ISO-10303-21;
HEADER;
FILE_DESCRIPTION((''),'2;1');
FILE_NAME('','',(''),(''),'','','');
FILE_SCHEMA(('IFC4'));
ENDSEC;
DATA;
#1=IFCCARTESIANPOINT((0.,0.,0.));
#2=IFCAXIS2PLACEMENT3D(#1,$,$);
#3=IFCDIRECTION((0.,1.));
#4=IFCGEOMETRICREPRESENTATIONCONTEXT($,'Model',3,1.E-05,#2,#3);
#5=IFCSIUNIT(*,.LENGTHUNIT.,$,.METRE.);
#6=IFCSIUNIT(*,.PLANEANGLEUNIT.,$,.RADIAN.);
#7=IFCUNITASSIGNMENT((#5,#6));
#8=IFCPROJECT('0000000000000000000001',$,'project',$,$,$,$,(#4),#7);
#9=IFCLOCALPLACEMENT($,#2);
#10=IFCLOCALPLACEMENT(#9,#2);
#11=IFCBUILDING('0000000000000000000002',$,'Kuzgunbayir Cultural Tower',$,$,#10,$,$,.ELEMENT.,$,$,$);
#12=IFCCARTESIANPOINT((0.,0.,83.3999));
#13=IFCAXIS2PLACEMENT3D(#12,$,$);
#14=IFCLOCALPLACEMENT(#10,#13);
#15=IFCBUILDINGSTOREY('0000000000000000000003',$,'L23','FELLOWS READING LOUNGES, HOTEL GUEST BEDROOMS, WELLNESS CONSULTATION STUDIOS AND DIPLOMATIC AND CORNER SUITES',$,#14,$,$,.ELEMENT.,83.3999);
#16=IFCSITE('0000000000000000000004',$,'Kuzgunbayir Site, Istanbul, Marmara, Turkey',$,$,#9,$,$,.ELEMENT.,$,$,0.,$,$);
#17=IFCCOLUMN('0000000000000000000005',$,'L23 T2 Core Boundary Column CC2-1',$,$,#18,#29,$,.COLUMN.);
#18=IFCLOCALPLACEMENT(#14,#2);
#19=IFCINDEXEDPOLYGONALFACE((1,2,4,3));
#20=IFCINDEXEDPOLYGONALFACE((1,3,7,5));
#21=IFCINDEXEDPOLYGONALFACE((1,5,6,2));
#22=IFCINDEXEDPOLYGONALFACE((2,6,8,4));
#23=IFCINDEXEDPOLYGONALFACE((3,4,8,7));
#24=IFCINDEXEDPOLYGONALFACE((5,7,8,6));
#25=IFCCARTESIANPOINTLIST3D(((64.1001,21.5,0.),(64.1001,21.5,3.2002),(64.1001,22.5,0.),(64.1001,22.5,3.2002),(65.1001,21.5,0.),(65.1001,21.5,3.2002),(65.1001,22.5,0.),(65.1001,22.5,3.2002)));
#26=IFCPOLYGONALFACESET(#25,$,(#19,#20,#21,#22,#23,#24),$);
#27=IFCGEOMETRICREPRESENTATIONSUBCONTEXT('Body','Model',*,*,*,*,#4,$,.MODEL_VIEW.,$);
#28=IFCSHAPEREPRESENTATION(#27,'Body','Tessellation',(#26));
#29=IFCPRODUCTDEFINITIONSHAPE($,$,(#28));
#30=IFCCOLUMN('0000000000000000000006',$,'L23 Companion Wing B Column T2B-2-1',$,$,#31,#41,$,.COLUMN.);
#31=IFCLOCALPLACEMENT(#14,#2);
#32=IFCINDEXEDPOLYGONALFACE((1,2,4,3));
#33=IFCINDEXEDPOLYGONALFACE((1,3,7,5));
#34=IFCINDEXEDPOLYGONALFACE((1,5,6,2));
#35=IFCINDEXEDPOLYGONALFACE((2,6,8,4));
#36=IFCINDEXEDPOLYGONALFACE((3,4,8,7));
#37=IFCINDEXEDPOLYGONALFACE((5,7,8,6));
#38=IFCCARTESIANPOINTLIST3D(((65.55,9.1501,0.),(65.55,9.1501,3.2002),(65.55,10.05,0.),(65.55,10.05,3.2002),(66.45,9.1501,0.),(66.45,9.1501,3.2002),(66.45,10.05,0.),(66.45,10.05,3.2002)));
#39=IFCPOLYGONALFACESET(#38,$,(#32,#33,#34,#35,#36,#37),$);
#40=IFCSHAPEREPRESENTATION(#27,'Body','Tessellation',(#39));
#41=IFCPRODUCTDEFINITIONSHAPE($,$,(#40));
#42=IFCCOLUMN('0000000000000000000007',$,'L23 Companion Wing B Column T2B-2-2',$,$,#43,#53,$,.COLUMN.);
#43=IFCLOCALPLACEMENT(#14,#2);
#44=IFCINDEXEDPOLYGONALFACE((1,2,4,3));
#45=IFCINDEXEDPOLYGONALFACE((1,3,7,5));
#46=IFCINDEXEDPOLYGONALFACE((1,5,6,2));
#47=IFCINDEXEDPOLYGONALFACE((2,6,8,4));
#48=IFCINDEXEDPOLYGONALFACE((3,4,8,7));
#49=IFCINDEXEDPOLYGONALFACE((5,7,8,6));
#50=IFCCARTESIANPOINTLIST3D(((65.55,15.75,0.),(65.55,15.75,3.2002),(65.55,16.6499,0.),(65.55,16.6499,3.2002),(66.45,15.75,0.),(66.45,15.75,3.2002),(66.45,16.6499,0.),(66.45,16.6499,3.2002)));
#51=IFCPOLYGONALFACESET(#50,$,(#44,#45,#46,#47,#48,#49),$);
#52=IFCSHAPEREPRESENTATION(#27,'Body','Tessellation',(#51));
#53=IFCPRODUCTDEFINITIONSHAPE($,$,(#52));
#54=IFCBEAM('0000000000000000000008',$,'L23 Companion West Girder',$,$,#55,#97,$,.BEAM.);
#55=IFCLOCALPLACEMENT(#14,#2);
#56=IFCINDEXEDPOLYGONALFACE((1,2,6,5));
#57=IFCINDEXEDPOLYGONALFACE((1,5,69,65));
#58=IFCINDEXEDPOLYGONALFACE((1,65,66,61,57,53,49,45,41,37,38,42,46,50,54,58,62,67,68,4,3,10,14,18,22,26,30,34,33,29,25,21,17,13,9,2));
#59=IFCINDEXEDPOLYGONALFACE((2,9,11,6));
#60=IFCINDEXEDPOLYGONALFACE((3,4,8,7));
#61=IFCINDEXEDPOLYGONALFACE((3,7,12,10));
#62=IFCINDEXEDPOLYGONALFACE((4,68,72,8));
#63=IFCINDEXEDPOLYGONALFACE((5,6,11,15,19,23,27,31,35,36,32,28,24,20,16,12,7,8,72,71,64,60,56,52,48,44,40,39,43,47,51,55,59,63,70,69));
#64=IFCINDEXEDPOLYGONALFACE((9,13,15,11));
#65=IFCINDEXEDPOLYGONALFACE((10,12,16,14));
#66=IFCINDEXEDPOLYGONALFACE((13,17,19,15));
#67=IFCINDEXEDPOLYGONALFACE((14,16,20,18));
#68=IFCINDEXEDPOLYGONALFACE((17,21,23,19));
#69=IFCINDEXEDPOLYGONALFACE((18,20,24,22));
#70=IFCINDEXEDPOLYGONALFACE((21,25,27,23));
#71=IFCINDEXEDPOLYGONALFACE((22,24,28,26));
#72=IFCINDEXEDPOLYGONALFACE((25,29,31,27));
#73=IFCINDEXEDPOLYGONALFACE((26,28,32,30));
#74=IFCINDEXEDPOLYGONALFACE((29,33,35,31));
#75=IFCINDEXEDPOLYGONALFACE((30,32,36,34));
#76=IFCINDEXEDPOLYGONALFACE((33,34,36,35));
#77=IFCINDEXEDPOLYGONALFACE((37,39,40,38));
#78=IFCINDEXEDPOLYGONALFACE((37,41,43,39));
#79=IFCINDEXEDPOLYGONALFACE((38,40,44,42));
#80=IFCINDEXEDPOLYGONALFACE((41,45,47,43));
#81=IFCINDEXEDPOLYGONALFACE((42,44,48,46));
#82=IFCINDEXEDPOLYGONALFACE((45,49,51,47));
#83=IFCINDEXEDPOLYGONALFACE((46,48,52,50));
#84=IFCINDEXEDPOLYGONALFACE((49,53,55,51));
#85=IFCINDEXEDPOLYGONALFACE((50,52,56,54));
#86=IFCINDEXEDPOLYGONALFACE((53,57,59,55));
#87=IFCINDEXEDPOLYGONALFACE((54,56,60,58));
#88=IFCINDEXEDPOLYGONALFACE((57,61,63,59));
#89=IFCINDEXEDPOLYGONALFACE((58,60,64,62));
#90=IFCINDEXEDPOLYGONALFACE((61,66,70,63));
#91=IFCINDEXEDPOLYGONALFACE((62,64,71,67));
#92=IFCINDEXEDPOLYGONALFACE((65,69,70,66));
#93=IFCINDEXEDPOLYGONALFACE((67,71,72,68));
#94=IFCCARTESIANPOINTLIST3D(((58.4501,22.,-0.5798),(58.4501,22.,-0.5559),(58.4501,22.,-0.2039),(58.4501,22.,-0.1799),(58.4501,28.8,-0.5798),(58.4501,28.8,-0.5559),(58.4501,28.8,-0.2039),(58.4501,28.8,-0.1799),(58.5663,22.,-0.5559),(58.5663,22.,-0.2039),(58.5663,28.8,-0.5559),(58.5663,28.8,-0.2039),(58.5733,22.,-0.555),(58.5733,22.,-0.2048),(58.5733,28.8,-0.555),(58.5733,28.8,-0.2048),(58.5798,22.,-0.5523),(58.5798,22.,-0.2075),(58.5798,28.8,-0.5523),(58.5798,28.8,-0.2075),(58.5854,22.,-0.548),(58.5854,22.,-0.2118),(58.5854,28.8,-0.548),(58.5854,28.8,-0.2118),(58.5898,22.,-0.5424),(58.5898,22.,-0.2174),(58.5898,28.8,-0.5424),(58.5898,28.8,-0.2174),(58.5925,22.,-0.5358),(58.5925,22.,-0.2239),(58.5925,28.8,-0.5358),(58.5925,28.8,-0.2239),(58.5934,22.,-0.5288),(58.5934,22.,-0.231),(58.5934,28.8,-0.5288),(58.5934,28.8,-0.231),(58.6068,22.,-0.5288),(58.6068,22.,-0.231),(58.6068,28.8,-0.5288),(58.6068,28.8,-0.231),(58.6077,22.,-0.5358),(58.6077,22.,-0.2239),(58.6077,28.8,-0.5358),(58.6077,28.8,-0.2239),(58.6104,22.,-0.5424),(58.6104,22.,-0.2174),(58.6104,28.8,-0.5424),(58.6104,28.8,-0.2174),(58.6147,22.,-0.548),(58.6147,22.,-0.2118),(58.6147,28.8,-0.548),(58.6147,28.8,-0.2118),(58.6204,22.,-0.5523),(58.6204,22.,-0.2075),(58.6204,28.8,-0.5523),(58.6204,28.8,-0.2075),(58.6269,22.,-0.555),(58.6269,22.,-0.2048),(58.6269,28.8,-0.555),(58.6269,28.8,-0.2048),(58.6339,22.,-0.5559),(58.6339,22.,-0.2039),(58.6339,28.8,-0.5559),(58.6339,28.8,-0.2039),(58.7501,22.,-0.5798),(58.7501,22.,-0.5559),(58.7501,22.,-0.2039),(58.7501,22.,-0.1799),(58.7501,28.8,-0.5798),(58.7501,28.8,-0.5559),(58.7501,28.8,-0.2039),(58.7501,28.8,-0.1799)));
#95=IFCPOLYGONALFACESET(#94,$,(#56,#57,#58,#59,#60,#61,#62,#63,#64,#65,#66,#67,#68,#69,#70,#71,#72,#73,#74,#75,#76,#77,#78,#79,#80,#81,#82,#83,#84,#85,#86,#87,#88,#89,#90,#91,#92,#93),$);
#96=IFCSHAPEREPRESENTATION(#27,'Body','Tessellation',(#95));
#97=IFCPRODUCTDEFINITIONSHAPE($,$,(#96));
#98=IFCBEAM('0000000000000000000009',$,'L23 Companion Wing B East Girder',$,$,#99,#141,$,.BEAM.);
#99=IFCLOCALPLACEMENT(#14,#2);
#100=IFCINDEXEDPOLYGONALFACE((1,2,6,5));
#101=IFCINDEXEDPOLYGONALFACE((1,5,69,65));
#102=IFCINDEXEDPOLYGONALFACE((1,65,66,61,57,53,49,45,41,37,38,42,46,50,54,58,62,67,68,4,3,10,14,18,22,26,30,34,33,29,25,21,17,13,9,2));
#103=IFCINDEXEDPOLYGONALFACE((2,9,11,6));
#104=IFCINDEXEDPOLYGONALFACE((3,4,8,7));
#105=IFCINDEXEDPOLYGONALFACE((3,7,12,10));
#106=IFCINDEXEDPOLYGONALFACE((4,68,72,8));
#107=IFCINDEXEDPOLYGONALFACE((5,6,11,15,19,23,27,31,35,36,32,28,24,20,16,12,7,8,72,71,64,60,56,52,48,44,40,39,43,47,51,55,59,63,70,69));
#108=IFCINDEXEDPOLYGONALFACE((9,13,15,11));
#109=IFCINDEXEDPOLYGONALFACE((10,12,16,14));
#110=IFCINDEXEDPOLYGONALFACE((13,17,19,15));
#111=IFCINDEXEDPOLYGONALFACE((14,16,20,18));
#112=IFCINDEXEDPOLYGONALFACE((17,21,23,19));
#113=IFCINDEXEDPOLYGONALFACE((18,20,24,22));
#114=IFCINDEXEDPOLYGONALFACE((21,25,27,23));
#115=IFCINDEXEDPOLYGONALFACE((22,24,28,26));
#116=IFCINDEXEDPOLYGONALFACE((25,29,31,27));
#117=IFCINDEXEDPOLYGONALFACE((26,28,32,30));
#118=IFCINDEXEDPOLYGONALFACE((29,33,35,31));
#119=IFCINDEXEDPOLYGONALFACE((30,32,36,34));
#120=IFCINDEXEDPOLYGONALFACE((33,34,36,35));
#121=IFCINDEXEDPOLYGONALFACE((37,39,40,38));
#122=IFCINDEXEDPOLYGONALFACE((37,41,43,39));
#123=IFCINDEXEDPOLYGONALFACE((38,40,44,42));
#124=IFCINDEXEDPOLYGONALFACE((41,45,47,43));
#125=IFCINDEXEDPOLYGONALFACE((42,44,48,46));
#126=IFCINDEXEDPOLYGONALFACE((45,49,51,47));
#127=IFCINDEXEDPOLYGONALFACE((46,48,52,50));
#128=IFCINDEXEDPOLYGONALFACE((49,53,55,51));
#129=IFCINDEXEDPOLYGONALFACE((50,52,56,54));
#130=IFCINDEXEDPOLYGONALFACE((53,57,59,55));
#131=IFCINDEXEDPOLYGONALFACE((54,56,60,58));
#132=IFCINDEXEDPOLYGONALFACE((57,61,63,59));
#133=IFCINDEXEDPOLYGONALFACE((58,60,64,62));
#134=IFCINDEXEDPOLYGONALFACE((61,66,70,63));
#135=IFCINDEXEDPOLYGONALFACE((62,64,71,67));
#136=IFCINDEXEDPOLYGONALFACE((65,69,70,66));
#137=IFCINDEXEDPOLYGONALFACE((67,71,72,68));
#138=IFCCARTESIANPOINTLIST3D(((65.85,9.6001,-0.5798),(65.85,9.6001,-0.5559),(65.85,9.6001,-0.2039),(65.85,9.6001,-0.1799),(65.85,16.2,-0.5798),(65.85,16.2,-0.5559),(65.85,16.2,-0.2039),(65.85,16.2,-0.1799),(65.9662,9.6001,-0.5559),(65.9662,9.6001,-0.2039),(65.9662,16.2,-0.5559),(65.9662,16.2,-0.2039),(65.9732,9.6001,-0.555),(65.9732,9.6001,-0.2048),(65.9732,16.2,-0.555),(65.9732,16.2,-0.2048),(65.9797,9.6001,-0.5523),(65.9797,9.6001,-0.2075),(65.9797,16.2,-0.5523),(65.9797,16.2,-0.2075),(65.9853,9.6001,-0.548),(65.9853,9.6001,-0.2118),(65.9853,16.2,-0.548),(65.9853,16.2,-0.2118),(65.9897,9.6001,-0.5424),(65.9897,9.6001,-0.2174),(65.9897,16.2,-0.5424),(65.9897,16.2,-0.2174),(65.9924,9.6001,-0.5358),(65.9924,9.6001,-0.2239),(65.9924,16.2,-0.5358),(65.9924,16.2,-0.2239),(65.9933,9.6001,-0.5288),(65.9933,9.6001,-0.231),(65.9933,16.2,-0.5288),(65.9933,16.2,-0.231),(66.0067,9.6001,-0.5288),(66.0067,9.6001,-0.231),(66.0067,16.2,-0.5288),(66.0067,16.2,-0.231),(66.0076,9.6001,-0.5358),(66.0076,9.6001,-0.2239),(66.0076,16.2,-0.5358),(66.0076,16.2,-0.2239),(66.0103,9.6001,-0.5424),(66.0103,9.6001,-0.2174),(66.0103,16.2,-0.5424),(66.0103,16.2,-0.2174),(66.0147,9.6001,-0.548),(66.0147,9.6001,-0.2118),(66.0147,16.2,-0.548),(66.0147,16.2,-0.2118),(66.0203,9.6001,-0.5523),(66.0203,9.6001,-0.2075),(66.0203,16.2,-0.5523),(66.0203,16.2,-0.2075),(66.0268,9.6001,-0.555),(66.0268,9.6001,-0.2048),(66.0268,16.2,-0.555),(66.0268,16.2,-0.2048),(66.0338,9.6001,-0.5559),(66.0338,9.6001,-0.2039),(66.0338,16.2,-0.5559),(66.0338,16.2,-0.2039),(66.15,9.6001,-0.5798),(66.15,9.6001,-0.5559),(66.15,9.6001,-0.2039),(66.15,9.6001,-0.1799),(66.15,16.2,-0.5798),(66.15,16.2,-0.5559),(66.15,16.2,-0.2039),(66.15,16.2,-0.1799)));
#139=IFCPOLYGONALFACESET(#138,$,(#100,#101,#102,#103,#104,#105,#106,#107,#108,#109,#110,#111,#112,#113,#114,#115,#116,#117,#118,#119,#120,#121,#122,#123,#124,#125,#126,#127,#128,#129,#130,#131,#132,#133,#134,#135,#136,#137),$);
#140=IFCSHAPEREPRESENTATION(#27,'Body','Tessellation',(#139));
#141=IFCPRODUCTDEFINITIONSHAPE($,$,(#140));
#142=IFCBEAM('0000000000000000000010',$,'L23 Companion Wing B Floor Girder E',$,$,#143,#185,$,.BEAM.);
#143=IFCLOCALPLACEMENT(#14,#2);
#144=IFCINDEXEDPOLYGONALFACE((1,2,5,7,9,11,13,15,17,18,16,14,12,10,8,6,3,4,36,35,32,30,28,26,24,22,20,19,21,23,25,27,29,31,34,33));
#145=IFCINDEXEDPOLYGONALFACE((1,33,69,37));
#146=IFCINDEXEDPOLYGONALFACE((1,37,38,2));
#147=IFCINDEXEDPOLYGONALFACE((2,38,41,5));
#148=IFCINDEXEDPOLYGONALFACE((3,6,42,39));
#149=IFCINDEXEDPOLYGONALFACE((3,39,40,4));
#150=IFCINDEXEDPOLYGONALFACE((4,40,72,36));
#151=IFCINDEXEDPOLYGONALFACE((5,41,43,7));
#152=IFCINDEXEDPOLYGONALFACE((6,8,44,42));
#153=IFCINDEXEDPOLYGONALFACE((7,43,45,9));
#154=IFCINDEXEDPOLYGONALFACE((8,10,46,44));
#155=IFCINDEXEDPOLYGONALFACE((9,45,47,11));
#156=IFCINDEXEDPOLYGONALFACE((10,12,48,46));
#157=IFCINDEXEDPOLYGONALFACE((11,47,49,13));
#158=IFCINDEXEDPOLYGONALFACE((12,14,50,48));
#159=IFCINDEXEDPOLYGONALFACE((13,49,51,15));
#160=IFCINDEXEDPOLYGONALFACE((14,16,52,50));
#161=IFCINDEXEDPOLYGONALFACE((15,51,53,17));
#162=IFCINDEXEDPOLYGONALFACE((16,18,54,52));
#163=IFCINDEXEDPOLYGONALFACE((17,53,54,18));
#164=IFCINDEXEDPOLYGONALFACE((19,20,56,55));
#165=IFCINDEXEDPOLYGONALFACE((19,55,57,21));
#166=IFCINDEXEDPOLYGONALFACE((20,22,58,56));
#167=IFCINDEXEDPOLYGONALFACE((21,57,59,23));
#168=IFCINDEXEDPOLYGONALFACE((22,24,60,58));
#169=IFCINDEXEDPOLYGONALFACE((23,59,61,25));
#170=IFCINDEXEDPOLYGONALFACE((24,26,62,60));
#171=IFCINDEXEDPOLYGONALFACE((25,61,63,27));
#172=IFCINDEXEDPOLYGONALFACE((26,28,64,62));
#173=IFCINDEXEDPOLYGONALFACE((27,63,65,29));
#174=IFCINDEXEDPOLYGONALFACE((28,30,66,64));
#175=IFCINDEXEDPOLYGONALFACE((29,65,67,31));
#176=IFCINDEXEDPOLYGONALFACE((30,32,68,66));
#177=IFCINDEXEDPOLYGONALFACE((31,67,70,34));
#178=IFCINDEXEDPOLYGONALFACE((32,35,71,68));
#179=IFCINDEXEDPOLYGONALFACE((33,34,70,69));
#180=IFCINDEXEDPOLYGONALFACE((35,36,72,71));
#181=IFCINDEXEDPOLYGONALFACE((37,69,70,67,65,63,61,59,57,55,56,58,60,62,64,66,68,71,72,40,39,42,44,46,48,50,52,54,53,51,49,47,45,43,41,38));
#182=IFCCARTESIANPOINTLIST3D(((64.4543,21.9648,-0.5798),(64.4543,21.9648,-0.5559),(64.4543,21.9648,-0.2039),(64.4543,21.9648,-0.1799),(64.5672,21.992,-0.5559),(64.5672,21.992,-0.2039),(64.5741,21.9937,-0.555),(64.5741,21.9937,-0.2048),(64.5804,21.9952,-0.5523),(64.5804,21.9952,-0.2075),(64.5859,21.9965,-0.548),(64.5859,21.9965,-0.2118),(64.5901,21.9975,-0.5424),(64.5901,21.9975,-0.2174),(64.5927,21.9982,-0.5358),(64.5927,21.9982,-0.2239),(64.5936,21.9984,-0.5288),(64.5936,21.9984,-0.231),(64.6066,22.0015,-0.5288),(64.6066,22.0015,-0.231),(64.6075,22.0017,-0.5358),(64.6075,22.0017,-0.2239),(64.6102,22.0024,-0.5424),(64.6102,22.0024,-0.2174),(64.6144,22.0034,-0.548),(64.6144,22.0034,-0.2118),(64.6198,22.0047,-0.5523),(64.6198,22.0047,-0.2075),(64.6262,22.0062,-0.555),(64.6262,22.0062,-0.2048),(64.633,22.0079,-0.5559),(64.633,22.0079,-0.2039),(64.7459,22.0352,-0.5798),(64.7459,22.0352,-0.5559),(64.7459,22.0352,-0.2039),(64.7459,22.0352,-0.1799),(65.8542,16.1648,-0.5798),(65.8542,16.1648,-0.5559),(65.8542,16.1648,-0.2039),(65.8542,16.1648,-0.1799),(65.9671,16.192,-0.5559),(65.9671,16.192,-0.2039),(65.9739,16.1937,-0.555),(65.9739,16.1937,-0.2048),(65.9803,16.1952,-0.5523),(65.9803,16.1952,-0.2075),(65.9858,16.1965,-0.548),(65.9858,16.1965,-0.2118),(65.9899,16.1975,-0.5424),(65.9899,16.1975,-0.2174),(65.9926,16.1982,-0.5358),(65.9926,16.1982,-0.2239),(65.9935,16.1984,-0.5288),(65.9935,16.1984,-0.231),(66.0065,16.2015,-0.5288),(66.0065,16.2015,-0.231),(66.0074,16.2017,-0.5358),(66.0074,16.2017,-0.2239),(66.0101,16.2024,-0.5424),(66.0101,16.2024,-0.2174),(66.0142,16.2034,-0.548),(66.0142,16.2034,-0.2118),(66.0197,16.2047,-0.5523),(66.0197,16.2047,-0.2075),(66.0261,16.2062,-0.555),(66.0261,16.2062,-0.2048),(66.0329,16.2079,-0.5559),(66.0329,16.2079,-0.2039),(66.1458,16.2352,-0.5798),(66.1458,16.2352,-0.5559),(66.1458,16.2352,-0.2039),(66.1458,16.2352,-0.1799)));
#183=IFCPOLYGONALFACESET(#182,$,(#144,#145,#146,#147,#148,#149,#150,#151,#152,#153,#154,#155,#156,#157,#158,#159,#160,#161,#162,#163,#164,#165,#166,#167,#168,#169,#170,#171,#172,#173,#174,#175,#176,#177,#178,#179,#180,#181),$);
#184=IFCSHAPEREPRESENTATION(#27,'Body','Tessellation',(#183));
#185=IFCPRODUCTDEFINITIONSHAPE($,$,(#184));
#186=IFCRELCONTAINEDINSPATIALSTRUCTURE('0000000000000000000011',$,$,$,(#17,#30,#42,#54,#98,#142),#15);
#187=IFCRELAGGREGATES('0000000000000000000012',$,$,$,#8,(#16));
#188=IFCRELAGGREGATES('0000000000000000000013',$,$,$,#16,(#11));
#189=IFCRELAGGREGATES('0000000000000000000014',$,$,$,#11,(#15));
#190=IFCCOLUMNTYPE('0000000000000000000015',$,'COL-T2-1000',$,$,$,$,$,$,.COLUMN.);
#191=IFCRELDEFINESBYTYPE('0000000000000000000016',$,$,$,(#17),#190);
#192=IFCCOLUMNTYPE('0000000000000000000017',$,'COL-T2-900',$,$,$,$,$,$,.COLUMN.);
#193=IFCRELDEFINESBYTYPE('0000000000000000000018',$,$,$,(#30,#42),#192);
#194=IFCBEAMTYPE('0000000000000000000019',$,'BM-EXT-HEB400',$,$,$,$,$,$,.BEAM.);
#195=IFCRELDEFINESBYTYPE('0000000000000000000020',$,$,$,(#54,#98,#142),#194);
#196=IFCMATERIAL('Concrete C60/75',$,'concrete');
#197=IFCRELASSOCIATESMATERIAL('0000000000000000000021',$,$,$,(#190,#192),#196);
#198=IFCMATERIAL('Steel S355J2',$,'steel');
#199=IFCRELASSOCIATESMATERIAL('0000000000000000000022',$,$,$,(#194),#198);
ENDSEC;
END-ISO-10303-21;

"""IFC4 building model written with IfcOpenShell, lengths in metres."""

from ifc_helpers import new_model, si_unit, direction, frame, origin, origin_2d, place, context, subcontext, project, spatial, rectangle, i_section, extrude, material, material_profile, profile_set, type_object, element, save


model = new_model("IFC4")

# Units and contexts
model_context = context("Model", 3, precision=1e-05, world=origin(), true_north=direction((0.0, 1.0)))
body_context = subcontext(model_context, "Body", "Model", "MODEL_VIEW")
ifc_project = project(units=[si_unit("LENGTHUNIT", "METRE"), si_unit("PLANEANGLEUNIT", "RADIAN")], contexts=[model_context])

# Site, building, storey
site_placement = place(None, origin())
site = spatial("IfcSite", under=ifc_project, at=site_placement, Name="Kuzgunbayir Site, Istanbul, Marmara, Turkey", CompositionType="ELEMENT", RefElevation=0.0)
building_placement = place(site_placement, origin())
building = spatial("IfcBuilding", under=site, at=building_placement, Name="Kuzgunbayir Cultural Tower", CompositionType="ELEMENT")
storey_placement = place(building_placement, frame((0.0, 0.0, 83.3999)))
storey = spatial("IfcBuildingStorey", under=building, at=storey_placement, Name="L23", Description="FELLOWS READING LOUNGES, HOTEL GUEST BEDROOMS, WELLNESS CONSULTATION STUDIOS AND DIPLOMATIC AND CORNER SUITES", CompositionType="ELEMENT", Elevation=83.3999)

# Columns
ifc_material_1 = material(Name="Concrete C60/75", Category="concrete")
ifc_material_profile_1 = material_profile(ifc_material_1, rectangle(XDim=1.0, YDim=1.0, at=origin_2d()), Name="RC 1000x1000")
ifc_profile_set_1 = profile_set([ifc_material_profile_1], Name="Concrete C60/75")
column_type_1 = type_object("IfcColumnType", Name="COL-T2-1000", PredefinedType="COLUMN", material=ifc_profile_set_1)
column_placement = place(storey_placement, frame((64.6001, 22.0, 0.0), z_axis=(0.0, 0.0, 1.0), x_axis=(1.0, 0.0, 0.0)))
element("IfcColumn", 1, at=column_placement, inside=storey, type_object=column_type_1, Name="L23 T2 Core Boundary Column CC2-1", PredefinedType="COLUMN", context=body_context, shape_type="SweptSolid", body=[
    extrude(rectangle(XDim=1.0, YDim=1.0, at=origin_2d()), origin(), (0.0, 0.0, 1.0), 3.2002),
])
ifc_material_profile_2 = material_profile(ifc_material_1, rectangle(XDim=0.8999, YDim=0.8999, at=origin_2d()), Name="RC 900x900")
ifc_profile_set_2 = profile_set([ifc_material_profile_2], Name="Concrete C60/75")
column_type_2 = type_object("IfcColumnType", Name="COL-T2-900", PredefinedType="COLUMN", material=ifc_profile_set_2)
for number, where, z_axis, x_axis, name in (
    (2, (66.0, 9.6001, 0.0), (0.0, 0.0, 1.0), (1.0, 0.0, 0.0), "L23 Companion Wing B Column T2B-2-1"),
    (3, (66.0, 16.2, 0.0), (0.0, 0.0, 1.0), (1.0, 0.0, 0.0), "L23 Companion Wing B Column T2B-2-2"),
):
    element("IfcColumn", number, at=place(storey_placement, frame(where, z_axis=z_axis, x_axis=x_axis)), inside=storey, type_object=column_type_2, Name=name, PredefinedType="COLUMN", context=body_context, shape_type="SweptSolid", body=[
        extrude(rectangle(XDim=0.8999, YDim=0.8999, at=origin_2d()), origin(), (0.0, 0.0, 1.0), 3.2002),
    ])

# Beams
ifc_material_2 = material(Name="Steel S355J2", Category="steel")
ifc_material_profile_3 = material_profile(ifc_material_2, i_section(OverallWidth=0.3, OverallDepth=0.3999, WebThickness=0.0134, FlangeThickness=0.0239, FilletRadius=0.0271, at=origin_2d()), Name="HEB 400")
ifc_profile_set_3 = profile_set([ifc_material_profile_3], Name="Steel S355J2")
beam_type_1 = type_object("IfcBeamType", Name="BM-EXT-HEB400", PredefinedType="BEAM", material=ifc_profile_set_3)
beam_1_placement = place(storey_placement, frame((58.6001, 22.0, -0.3799), z_axis=(0.0, 1.0, 0.0), x_axis=(-1.0, 0.0, 0.0)))
element("IfcBeam", 4, at=beam_1_placement, inside=storey, type_object=beam_type_1, Name="L23 Companion West Girder", PredefinedType="BEAM", context=body_context, shape_type="SweptSolid", body=[
    extrude(i_section(OverallWidth=0.3, OverallDepth=0.3999, WebThickness=0.0134, FlangeThickness=0.0239, FilletRadius=0.0271, at=origin_2d()), origin(), (0.0, 0.0, 1.0), 6.8),
])
beam_2_placement = place(storey_placement, frame((66.0, 9.6001, -0.3799), z_axis=(0.0, 1.0, 0.0), x_axis=(-1.0, 0.0, 0.0)))
element("IfcBeam", 5, at=beam_2_placement, inside=storey, type_object=beam_type_1, Name="L23 Companion Wing B East Girder", PredefinedType="BEAM", context=body_context, shape_type="SweptSolid", body=[
    extrude(i_section(OverallWidth=0.3, OverallDepth=0.3999, WebThickness=0.0134, FlangeThickness=0.0239, FilletRadius=0.0271, at=origin_2d()), origin(), (0.0, 0.0, 1.0), 6.5999),
])
beam_3_placement = place(storey_placement, frame((66.0, 16.2, -0.3799), z_axis=(-0.234623, 0.972086, 0.0), x_axis=(-0.972086, -0.234623, 0.0)))
element("IfcBeam", 6, at=beam_3_placement, inside=storey, type_object=beam_type_1, Name="L23 Companion Wing B Floor Girder E", PredefinedType="BEAM", context=body_context, shape_type="SweptSolid", body=[
    extrude(i_section(OverallWidth=0.3, OverallDepth=0.3999, WebThickness=0.0134, FlangeThickness=0.0239, FilletRadius=0.0271, at=origin_2d()), origin(), (0.0, 0.0, 1.0), 5.9666),
])

save(model, "model.ifc")
